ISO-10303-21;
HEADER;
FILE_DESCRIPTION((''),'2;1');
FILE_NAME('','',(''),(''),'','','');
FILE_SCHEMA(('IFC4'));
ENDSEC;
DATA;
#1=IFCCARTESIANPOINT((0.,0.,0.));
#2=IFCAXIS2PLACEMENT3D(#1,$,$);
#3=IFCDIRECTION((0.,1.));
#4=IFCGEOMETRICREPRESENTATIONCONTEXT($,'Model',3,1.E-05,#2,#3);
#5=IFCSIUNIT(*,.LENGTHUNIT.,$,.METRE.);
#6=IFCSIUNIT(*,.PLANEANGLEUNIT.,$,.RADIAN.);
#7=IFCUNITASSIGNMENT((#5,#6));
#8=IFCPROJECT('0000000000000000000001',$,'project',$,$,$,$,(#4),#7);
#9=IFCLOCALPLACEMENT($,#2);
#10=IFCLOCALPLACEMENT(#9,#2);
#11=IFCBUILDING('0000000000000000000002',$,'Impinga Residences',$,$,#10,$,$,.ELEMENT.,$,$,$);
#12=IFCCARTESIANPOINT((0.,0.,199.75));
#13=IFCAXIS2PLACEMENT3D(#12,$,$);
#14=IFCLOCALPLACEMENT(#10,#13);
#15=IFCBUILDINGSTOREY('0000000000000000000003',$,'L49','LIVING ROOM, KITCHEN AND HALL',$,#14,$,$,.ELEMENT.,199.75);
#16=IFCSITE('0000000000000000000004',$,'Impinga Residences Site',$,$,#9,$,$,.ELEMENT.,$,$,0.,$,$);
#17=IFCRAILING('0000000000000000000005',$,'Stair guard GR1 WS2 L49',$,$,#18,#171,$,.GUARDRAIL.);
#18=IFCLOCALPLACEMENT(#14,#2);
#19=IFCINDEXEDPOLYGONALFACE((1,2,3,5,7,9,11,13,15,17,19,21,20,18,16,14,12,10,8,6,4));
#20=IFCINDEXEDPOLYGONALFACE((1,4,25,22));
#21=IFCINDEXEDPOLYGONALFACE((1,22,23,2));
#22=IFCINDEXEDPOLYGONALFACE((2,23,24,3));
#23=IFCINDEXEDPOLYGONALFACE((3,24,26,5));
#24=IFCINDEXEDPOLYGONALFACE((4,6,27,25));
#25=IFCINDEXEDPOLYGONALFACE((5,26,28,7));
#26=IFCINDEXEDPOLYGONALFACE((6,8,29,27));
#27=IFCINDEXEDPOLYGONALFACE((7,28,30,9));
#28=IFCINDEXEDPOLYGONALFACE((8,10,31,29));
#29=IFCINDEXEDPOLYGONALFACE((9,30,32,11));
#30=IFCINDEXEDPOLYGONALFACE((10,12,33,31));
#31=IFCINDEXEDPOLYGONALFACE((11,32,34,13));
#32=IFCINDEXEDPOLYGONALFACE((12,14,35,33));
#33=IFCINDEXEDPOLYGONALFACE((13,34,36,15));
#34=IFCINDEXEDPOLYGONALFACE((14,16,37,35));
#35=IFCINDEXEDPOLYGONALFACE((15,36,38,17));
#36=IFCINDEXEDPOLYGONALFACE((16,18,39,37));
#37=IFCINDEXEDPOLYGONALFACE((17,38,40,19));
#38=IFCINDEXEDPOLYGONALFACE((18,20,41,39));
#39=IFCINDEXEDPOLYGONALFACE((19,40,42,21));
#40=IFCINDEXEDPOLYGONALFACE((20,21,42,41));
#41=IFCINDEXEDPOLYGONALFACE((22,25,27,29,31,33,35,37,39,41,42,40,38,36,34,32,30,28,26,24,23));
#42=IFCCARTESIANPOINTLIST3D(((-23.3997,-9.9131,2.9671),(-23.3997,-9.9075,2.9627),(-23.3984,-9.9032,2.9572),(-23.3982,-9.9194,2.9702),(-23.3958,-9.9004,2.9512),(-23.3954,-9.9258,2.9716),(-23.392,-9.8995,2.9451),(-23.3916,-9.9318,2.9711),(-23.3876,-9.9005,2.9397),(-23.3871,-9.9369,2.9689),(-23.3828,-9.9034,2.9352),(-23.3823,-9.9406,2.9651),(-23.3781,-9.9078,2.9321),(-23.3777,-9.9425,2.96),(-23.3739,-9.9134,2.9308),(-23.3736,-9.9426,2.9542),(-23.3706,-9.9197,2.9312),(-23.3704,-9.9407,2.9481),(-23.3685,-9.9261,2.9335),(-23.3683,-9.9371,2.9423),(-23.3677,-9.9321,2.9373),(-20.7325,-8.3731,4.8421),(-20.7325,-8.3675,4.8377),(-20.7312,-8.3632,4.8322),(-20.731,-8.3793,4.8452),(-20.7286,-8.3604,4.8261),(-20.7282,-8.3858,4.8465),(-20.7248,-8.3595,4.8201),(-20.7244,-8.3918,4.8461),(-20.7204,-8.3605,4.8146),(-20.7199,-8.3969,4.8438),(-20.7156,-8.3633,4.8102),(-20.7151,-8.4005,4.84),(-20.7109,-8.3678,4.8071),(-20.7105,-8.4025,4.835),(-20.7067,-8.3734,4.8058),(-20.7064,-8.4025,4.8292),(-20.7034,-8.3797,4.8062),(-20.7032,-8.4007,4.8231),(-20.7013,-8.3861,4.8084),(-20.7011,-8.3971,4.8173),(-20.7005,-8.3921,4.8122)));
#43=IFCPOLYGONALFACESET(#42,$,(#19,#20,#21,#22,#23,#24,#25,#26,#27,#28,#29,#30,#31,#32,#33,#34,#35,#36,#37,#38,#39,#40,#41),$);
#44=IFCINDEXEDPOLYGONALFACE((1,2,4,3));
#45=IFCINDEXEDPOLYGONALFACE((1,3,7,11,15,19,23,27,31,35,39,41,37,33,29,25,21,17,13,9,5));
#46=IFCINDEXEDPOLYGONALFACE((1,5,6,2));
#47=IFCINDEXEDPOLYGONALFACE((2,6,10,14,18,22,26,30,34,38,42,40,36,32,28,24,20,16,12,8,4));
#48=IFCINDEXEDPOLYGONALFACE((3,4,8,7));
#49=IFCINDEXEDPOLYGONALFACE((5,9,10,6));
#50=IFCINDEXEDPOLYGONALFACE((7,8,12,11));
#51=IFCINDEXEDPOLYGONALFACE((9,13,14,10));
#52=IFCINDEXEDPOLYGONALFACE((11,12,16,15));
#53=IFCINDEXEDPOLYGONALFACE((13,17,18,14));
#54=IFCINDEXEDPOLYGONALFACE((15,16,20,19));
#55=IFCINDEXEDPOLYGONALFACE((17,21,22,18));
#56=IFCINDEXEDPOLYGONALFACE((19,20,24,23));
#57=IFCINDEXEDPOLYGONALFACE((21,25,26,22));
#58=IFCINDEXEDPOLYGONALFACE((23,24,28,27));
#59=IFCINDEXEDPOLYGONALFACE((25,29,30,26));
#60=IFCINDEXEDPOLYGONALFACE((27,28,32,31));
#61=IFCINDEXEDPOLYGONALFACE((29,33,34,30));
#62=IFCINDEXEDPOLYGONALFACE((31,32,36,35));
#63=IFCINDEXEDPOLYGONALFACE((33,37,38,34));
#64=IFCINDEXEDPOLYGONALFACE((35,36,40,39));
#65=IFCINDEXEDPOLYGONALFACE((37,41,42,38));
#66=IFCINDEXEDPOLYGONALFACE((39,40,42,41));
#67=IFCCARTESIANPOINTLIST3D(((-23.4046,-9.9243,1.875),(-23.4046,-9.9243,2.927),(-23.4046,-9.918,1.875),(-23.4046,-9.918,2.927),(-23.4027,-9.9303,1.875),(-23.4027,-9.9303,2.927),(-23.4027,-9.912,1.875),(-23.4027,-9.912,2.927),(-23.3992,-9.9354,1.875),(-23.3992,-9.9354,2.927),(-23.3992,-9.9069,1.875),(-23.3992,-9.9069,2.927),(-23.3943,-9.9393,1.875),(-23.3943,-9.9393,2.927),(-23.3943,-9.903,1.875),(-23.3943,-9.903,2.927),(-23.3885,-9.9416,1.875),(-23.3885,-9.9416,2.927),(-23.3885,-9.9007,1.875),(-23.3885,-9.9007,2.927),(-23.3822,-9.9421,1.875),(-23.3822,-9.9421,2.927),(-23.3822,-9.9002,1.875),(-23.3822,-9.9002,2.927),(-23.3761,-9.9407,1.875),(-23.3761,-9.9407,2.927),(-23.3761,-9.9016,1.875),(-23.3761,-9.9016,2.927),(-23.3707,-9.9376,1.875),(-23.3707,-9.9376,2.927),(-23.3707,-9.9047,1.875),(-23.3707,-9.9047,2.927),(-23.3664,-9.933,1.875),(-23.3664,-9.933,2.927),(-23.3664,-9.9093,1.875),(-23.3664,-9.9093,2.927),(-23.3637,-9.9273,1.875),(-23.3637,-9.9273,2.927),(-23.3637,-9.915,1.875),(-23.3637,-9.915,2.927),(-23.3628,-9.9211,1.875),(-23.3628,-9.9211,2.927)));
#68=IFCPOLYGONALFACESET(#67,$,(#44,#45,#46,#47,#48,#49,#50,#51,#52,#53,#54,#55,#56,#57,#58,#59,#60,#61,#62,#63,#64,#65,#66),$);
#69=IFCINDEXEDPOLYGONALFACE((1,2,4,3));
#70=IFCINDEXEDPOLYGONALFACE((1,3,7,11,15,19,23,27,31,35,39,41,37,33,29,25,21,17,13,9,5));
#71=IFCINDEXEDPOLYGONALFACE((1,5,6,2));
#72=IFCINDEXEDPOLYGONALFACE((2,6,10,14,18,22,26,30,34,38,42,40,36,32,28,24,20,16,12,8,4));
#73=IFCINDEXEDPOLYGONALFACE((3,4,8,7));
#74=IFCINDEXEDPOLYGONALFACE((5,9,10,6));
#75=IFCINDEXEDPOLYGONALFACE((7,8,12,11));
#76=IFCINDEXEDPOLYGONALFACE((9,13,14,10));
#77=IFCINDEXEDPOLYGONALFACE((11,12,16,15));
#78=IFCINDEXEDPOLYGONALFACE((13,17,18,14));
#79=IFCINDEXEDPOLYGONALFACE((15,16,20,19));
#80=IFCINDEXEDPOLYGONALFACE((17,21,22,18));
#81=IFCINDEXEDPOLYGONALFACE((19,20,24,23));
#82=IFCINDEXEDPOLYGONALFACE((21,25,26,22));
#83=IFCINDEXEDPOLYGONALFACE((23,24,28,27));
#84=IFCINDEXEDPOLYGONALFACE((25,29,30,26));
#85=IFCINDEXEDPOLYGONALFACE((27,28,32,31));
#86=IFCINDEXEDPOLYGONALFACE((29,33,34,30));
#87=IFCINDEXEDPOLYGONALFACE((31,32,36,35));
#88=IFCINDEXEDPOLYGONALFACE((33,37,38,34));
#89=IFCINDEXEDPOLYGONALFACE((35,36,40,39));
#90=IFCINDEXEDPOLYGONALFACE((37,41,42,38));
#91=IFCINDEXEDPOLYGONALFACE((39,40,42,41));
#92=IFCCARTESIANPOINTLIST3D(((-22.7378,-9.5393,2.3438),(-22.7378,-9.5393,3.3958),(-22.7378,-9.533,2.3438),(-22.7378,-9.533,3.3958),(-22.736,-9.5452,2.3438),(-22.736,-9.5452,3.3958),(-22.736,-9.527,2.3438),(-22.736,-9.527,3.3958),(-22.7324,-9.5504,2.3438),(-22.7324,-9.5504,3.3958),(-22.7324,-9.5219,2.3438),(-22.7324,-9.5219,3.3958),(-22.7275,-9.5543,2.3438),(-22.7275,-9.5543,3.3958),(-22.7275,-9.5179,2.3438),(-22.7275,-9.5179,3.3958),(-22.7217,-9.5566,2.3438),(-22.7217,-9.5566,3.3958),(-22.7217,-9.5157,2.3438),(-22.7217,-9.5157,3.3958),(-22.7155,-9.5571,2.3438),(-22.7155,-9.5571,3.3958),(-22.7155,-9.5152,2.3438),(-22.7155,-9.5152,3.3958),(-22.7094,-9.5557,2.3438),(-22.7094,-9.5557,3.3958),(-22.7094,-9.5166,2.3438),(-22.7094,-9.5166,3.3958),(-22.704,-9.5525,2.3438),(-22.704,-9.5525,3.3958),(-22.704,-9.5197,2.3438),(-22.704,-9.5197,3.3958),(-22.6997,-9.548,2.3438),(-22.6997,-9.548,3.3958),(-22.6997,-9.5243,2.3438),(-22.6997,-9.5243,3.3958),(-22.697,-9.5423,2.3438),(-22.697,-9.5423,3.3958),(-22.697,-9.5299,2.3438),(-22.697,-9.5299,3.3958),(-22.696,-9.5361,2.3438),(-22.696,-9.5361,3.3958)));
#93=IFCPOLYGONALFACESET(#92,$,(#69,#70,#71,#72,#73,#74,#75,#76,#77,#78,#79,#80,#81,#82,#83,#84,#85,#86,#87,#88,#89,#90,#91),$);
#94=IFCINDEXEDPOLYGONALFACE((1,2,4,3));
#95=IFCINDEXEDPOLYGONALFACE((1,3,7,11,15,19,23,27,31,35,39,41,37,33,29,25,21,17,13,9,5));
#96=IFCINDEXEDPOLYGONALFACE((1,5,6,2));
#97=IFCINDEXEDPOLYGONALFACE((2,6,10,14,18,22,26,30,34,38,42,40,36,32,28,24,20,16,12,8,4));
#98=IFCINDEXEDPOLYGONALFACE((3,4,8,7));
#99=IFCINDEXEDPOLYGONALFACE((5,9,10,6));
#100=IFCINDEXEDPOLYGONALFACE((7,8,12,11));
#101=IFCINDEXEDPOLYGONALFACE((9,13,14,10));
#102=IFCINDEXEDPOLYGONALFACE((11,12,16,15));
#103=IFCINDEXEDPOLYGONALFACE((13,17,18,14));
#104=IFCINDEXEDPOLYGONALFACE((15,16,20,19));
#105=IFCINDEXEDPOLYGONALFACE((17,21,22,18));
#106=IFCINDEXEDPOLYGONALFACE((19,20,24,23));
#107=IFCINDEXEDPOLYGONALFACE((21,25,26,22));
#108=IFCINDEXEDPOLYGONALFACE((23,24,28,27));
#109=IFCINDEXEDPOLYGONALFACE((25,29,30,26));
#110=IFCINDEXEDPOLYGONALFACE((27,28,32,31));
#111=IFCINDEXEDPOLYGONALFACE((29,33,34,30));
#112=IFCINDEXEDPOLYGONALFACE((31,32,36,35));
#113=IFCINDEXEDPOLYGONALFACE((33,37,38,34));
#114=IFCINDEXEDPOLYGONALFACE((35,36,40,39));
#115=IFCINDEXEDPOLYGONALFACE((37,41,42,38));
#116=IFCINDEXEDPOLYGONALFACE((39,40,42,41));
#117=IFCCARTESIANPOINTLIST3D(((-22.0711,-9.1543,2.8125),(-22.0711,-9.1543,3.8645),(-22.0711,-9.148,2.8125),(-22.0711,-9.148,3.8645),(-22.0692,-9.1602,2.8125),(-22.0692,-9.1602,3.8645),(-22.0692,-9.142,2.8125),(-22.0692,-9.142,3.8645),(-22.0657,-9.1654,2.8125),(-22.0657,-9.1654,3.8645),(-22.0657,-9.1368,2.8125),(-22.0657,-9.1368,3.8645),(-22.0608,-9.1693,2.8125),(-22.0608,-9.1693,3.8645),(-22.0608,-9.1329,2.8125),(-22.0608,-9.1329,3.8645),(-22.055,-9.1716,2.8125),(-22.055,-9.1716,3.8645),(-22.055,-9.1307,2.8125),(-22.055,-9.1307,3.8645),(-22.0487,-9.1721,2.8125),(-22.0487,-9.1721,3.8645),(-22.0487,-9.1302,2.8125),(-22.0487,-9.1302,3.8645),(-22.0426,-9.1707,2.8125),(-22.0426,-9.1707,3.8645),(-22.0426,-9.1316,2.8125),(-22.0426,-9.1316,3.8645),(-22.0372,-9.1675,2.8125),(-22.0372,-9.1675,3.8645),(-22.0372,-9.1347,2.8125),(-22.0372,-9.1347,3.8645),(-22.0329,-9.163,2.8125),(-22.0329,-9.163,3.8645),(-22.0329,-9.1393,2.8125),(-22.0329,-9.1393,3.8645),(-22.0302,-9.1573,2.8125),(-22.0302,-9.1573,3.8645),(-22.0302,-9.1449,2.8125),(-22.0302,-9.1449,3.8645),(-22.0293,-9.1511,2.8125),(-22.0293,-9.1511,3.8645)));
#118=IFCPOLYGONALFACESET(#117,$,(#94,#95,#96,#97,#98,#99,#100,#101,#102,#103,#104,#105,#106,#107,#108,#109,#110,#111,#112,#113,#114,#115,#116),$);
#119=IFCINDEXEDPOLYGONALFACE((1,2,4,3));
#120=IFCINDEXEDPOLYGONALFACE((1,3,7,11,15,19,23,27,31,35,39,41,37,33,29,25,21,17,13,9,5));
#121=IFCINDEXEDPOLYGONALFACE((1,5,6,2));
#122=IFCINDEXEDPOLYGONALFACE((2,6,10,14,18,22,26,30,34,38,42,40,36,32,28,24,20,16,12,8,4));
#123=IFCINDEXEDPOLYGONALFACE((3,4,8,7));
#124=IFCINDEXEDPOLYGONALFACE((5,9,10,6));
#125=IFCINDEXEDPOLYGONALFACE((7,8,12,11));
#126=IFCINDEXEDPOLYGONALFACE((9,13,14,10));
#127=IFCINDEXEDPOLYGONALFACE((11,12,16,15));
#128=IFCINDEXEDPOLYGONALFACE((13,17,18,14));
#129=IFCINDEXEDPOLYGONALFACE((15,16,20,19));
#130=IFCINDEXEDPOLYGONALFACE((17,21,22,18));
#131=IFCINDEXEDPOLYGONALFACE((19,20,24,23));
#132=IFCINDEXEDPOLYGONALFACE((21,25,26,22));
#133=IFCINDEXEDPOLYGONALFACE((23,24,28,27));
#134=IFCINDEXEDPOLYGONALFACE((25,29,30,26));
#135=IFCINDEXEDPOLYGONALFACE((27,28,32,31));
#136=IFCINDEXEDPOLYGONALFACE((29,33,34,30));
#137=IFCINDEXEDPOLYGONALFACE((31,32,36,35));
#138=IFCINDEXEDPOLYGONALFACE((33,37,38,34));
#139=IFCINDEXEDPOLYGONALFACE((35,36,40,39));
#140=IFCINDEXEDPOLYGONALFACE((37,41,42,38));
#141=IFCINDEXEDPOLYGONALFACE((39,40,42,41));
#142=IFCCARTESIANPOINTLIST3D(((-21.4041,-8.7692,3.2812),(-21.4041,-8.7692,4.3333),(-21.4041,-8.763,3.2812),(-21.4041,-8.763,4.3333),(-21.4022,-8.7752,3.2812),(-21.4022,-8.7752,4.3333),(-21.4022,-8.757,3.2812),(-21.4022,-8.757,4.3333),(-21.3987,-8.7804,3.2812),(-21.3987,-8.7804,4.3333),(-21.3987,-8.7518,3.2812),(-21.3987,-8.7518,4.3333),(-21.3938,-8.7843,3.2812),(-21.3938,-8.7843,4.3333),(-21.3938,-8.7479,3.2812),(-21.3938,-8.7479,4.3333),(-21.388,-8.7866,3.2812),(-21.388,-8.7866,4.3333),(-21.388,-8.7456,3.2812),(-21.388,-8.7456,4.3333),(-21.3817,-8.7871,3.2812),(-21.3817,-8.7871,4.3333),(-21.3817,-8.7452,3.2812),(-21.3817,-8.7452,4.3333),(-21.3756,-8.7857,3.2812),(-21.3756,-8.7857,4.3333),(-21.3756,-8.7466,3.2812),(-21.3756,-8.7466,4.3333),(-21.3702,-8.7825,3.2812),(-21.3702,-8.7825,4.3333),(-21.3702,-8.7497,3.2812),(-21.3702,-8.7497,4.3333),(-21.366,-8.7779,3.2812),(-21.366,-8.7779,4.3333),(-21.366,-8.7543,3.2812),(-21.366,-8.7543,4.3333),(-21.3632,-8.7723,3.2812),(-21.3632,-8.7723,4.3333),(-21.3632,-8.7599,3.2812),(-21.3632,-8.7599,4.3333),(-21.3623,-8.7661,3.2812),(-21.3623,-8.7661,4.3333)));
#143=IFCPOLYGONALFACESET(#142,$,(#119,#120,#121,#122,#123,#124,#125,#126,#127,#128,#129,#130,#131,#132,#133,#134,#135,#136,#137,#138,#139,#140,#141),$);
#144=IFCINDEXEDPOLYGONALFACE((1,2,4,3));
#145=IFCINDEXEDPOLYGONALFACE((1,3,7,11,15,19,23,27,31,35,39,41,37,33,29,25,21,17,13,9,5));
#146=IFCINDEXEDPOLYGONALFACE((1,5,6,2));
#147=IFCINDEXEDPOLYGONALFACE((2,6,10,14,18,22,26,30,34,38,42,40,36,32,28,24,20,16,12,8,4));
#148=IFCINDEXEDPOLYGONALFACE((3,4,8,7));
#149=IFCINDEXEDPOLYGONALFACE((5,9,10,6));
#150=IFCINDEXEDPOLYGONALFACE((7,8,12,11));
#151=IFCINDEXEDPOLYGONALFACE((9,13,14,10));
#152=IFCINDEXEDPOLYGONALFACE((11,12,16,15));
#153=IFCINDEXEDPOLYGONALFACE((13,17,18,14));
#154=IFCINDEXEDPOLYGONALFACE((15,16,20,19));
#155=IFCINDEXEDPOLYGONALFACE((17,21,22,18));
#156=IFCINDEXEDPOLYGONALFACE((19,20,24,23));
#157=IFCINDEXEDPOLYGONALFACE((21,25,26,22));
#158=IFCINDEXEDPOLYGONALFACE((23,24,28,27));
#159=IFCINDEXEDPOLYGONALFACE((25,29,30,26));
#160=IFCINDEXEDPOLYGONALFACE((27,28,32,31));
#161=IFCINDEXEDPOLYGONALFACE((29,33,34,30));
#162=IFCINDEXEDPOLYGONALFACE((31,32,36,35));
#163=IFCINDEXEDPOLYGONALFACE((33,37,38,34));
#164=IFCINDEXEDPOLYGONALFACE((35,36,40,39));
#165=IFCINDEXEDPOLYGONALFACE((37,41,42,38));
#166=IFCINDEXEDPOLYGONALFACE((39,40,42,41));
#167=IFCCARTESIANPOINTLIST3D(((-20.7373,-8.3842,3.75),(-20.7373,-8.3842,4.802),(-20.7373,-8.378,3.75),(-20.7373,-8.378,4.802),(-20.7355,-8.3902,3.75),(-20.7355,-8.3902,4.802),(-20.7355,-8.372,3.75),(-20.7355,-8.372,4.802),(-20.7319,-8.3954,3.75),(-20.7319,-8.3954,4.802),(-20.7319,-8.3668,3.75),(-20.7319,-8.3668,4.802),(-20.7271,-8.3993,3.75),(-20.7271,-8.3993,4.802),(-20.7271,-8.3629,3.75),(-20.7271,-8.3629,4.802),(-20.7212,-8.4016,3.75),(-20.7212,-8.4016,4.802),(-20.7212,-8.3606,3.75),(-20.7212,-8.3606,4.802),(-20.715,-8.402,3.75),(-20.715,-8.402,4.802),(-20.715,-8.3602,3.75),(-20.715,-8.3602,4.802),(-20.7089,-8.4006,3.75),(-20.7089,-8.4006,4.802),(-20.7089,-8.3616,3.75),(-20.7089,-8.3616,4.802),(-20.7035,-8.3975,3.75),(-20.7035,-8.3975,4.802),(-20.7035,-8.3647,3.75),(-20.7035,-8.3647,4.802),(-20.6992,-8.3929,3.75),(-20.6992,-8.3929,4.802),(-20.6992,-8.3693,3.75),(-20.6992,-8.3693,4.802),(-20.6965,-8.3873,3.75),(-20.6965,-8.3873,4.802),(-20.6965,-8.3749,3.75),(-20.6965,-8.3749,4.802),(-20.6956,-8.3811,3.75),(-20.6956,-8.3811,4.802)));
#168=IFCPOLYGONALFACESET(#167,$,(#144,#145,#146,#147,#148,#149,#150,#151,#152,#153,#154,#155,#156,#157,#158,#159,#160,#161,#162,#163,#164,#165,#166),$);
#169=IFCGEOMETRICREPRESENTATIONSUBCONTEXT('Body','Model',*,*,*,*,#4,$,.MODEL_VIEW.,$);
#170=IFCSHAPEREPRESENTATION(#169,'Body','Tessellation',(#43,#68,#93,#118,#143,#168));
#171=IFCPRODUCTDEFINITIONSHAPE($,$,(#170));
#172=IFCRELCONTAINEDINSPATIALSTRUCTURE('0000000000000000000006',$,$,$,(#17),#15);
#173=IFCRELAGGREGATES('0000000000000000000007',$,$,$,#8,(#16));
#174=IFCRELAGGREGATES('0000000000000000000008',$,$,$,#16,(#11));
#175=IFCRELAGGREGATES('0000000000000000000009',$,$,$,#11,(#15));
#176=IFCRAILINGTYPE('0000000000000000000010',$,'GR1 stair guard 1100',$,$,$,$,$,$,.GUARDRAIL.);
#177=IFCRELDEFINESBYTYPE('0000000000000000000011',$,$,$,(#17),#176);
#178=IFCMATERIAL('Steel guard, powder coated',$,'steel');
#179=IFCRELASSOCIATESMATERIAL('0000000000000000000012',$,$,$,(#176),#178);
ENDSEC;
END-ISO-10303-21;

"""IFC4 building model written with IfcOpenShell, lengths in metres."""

from ifc_helpers import new_model, si_unit, direction, frame, origin, origin_2d, place, context, subcontext, project, spatial, circle, extrude, material, type_object, element, save


model = new_model("IFC4")

# Units and contexts
model_context = context("Model", 3, precision=1e-05, world=origin(), true_north=direction((0.0, 1.0)))
body_context = subcontext(model_context, "Body", "Model", "MODEL_VIEW")
ifc_project = project(units=[si_unit("LENGTHUNIT", "METRE"), si_unit("PLANEANGLEUNIT", "RADIAN")], contexts=[model_context])

# Site, building, storey
site_placement = place(None, origin())
site = spatial("IfcSite", under=ifc_project, at=site_placement, Name="Impinga Residences Site", CompositionType="ELEMENT", RefElevation=0.0)
building_placement = place(site_placement, origin())
building = spatial("IfcBuilding", under=site, at=building_placement, Name="Impinga Residences", CompositionType="ELEMENT")
storey_placement = place(building_placement, frame((0.0, 0.0, 199.75)))
storey = spatial("IfcBuildingStorey", under=building, at=storey_placement, Name="L49", Description="LIVING ROOM, KITCHEN AND HALL", CompositionType="ELEMENT", Elevation=199.75)

# Railing
ifc_material_1 = material(Name="Steel guard, powder coated", Category="steel")
railing_type_1 = type_object("IfcRailingType", Name="GR1 stair guard 1100", PredefinedType="GUARDRAIL", material=ifc_material_1)
railing_1_placement = place(storey_placement, frame((-23.3838, -9.9211, 1.875)))
element("IfcRailing", 1, at=railing_1_placement, inside=storey, type_object=railing_type_1, Name="Stair guard GR1 WS2 L49", PredefinedType="GUARDRAIL", context=body_context, shape_type="SweptSolid", body=[
    extrude(circle(Radius=0.0239, at=origin_2d()), frame((0.0, 0.0, 1.0762), z_axis=(0.739716, 0.427105, 0.520002), x_axis=(-0.500027, 0.86601, 0.0)), (0.0, 0.0, 1.0), 3.6057),
    extrude(circle(Radius=0.021, at=origin_2d()), origin(), (0.0, 0.0, 1.0), 1.052),
    extrude(circle(Radius=0.021, at=origin_2d()), frame((0.6667, 0.385, 0.4688)), (0.0, 0.0, 1.0), 1.052),
    extrude(circle(Radius=0.021, at=origin_2d()), frame((1.3335, 0.77, 0.9375)), (0.0, 0.0, 1.0), 1.052),
    extrude(circle(Radius=0.021, at=origin_2d()), frame((2.0005, 1.155, 1.4062)), (0.0, 0.0, 1.0), 1.052),
    extrude(circle(Radius=0.021, at=origin_2d()), frame((2.6672, 1.54, 1.875)), (0.0, 0.0, 1.0), 1.052),
])

save(model, "model.ifc")
